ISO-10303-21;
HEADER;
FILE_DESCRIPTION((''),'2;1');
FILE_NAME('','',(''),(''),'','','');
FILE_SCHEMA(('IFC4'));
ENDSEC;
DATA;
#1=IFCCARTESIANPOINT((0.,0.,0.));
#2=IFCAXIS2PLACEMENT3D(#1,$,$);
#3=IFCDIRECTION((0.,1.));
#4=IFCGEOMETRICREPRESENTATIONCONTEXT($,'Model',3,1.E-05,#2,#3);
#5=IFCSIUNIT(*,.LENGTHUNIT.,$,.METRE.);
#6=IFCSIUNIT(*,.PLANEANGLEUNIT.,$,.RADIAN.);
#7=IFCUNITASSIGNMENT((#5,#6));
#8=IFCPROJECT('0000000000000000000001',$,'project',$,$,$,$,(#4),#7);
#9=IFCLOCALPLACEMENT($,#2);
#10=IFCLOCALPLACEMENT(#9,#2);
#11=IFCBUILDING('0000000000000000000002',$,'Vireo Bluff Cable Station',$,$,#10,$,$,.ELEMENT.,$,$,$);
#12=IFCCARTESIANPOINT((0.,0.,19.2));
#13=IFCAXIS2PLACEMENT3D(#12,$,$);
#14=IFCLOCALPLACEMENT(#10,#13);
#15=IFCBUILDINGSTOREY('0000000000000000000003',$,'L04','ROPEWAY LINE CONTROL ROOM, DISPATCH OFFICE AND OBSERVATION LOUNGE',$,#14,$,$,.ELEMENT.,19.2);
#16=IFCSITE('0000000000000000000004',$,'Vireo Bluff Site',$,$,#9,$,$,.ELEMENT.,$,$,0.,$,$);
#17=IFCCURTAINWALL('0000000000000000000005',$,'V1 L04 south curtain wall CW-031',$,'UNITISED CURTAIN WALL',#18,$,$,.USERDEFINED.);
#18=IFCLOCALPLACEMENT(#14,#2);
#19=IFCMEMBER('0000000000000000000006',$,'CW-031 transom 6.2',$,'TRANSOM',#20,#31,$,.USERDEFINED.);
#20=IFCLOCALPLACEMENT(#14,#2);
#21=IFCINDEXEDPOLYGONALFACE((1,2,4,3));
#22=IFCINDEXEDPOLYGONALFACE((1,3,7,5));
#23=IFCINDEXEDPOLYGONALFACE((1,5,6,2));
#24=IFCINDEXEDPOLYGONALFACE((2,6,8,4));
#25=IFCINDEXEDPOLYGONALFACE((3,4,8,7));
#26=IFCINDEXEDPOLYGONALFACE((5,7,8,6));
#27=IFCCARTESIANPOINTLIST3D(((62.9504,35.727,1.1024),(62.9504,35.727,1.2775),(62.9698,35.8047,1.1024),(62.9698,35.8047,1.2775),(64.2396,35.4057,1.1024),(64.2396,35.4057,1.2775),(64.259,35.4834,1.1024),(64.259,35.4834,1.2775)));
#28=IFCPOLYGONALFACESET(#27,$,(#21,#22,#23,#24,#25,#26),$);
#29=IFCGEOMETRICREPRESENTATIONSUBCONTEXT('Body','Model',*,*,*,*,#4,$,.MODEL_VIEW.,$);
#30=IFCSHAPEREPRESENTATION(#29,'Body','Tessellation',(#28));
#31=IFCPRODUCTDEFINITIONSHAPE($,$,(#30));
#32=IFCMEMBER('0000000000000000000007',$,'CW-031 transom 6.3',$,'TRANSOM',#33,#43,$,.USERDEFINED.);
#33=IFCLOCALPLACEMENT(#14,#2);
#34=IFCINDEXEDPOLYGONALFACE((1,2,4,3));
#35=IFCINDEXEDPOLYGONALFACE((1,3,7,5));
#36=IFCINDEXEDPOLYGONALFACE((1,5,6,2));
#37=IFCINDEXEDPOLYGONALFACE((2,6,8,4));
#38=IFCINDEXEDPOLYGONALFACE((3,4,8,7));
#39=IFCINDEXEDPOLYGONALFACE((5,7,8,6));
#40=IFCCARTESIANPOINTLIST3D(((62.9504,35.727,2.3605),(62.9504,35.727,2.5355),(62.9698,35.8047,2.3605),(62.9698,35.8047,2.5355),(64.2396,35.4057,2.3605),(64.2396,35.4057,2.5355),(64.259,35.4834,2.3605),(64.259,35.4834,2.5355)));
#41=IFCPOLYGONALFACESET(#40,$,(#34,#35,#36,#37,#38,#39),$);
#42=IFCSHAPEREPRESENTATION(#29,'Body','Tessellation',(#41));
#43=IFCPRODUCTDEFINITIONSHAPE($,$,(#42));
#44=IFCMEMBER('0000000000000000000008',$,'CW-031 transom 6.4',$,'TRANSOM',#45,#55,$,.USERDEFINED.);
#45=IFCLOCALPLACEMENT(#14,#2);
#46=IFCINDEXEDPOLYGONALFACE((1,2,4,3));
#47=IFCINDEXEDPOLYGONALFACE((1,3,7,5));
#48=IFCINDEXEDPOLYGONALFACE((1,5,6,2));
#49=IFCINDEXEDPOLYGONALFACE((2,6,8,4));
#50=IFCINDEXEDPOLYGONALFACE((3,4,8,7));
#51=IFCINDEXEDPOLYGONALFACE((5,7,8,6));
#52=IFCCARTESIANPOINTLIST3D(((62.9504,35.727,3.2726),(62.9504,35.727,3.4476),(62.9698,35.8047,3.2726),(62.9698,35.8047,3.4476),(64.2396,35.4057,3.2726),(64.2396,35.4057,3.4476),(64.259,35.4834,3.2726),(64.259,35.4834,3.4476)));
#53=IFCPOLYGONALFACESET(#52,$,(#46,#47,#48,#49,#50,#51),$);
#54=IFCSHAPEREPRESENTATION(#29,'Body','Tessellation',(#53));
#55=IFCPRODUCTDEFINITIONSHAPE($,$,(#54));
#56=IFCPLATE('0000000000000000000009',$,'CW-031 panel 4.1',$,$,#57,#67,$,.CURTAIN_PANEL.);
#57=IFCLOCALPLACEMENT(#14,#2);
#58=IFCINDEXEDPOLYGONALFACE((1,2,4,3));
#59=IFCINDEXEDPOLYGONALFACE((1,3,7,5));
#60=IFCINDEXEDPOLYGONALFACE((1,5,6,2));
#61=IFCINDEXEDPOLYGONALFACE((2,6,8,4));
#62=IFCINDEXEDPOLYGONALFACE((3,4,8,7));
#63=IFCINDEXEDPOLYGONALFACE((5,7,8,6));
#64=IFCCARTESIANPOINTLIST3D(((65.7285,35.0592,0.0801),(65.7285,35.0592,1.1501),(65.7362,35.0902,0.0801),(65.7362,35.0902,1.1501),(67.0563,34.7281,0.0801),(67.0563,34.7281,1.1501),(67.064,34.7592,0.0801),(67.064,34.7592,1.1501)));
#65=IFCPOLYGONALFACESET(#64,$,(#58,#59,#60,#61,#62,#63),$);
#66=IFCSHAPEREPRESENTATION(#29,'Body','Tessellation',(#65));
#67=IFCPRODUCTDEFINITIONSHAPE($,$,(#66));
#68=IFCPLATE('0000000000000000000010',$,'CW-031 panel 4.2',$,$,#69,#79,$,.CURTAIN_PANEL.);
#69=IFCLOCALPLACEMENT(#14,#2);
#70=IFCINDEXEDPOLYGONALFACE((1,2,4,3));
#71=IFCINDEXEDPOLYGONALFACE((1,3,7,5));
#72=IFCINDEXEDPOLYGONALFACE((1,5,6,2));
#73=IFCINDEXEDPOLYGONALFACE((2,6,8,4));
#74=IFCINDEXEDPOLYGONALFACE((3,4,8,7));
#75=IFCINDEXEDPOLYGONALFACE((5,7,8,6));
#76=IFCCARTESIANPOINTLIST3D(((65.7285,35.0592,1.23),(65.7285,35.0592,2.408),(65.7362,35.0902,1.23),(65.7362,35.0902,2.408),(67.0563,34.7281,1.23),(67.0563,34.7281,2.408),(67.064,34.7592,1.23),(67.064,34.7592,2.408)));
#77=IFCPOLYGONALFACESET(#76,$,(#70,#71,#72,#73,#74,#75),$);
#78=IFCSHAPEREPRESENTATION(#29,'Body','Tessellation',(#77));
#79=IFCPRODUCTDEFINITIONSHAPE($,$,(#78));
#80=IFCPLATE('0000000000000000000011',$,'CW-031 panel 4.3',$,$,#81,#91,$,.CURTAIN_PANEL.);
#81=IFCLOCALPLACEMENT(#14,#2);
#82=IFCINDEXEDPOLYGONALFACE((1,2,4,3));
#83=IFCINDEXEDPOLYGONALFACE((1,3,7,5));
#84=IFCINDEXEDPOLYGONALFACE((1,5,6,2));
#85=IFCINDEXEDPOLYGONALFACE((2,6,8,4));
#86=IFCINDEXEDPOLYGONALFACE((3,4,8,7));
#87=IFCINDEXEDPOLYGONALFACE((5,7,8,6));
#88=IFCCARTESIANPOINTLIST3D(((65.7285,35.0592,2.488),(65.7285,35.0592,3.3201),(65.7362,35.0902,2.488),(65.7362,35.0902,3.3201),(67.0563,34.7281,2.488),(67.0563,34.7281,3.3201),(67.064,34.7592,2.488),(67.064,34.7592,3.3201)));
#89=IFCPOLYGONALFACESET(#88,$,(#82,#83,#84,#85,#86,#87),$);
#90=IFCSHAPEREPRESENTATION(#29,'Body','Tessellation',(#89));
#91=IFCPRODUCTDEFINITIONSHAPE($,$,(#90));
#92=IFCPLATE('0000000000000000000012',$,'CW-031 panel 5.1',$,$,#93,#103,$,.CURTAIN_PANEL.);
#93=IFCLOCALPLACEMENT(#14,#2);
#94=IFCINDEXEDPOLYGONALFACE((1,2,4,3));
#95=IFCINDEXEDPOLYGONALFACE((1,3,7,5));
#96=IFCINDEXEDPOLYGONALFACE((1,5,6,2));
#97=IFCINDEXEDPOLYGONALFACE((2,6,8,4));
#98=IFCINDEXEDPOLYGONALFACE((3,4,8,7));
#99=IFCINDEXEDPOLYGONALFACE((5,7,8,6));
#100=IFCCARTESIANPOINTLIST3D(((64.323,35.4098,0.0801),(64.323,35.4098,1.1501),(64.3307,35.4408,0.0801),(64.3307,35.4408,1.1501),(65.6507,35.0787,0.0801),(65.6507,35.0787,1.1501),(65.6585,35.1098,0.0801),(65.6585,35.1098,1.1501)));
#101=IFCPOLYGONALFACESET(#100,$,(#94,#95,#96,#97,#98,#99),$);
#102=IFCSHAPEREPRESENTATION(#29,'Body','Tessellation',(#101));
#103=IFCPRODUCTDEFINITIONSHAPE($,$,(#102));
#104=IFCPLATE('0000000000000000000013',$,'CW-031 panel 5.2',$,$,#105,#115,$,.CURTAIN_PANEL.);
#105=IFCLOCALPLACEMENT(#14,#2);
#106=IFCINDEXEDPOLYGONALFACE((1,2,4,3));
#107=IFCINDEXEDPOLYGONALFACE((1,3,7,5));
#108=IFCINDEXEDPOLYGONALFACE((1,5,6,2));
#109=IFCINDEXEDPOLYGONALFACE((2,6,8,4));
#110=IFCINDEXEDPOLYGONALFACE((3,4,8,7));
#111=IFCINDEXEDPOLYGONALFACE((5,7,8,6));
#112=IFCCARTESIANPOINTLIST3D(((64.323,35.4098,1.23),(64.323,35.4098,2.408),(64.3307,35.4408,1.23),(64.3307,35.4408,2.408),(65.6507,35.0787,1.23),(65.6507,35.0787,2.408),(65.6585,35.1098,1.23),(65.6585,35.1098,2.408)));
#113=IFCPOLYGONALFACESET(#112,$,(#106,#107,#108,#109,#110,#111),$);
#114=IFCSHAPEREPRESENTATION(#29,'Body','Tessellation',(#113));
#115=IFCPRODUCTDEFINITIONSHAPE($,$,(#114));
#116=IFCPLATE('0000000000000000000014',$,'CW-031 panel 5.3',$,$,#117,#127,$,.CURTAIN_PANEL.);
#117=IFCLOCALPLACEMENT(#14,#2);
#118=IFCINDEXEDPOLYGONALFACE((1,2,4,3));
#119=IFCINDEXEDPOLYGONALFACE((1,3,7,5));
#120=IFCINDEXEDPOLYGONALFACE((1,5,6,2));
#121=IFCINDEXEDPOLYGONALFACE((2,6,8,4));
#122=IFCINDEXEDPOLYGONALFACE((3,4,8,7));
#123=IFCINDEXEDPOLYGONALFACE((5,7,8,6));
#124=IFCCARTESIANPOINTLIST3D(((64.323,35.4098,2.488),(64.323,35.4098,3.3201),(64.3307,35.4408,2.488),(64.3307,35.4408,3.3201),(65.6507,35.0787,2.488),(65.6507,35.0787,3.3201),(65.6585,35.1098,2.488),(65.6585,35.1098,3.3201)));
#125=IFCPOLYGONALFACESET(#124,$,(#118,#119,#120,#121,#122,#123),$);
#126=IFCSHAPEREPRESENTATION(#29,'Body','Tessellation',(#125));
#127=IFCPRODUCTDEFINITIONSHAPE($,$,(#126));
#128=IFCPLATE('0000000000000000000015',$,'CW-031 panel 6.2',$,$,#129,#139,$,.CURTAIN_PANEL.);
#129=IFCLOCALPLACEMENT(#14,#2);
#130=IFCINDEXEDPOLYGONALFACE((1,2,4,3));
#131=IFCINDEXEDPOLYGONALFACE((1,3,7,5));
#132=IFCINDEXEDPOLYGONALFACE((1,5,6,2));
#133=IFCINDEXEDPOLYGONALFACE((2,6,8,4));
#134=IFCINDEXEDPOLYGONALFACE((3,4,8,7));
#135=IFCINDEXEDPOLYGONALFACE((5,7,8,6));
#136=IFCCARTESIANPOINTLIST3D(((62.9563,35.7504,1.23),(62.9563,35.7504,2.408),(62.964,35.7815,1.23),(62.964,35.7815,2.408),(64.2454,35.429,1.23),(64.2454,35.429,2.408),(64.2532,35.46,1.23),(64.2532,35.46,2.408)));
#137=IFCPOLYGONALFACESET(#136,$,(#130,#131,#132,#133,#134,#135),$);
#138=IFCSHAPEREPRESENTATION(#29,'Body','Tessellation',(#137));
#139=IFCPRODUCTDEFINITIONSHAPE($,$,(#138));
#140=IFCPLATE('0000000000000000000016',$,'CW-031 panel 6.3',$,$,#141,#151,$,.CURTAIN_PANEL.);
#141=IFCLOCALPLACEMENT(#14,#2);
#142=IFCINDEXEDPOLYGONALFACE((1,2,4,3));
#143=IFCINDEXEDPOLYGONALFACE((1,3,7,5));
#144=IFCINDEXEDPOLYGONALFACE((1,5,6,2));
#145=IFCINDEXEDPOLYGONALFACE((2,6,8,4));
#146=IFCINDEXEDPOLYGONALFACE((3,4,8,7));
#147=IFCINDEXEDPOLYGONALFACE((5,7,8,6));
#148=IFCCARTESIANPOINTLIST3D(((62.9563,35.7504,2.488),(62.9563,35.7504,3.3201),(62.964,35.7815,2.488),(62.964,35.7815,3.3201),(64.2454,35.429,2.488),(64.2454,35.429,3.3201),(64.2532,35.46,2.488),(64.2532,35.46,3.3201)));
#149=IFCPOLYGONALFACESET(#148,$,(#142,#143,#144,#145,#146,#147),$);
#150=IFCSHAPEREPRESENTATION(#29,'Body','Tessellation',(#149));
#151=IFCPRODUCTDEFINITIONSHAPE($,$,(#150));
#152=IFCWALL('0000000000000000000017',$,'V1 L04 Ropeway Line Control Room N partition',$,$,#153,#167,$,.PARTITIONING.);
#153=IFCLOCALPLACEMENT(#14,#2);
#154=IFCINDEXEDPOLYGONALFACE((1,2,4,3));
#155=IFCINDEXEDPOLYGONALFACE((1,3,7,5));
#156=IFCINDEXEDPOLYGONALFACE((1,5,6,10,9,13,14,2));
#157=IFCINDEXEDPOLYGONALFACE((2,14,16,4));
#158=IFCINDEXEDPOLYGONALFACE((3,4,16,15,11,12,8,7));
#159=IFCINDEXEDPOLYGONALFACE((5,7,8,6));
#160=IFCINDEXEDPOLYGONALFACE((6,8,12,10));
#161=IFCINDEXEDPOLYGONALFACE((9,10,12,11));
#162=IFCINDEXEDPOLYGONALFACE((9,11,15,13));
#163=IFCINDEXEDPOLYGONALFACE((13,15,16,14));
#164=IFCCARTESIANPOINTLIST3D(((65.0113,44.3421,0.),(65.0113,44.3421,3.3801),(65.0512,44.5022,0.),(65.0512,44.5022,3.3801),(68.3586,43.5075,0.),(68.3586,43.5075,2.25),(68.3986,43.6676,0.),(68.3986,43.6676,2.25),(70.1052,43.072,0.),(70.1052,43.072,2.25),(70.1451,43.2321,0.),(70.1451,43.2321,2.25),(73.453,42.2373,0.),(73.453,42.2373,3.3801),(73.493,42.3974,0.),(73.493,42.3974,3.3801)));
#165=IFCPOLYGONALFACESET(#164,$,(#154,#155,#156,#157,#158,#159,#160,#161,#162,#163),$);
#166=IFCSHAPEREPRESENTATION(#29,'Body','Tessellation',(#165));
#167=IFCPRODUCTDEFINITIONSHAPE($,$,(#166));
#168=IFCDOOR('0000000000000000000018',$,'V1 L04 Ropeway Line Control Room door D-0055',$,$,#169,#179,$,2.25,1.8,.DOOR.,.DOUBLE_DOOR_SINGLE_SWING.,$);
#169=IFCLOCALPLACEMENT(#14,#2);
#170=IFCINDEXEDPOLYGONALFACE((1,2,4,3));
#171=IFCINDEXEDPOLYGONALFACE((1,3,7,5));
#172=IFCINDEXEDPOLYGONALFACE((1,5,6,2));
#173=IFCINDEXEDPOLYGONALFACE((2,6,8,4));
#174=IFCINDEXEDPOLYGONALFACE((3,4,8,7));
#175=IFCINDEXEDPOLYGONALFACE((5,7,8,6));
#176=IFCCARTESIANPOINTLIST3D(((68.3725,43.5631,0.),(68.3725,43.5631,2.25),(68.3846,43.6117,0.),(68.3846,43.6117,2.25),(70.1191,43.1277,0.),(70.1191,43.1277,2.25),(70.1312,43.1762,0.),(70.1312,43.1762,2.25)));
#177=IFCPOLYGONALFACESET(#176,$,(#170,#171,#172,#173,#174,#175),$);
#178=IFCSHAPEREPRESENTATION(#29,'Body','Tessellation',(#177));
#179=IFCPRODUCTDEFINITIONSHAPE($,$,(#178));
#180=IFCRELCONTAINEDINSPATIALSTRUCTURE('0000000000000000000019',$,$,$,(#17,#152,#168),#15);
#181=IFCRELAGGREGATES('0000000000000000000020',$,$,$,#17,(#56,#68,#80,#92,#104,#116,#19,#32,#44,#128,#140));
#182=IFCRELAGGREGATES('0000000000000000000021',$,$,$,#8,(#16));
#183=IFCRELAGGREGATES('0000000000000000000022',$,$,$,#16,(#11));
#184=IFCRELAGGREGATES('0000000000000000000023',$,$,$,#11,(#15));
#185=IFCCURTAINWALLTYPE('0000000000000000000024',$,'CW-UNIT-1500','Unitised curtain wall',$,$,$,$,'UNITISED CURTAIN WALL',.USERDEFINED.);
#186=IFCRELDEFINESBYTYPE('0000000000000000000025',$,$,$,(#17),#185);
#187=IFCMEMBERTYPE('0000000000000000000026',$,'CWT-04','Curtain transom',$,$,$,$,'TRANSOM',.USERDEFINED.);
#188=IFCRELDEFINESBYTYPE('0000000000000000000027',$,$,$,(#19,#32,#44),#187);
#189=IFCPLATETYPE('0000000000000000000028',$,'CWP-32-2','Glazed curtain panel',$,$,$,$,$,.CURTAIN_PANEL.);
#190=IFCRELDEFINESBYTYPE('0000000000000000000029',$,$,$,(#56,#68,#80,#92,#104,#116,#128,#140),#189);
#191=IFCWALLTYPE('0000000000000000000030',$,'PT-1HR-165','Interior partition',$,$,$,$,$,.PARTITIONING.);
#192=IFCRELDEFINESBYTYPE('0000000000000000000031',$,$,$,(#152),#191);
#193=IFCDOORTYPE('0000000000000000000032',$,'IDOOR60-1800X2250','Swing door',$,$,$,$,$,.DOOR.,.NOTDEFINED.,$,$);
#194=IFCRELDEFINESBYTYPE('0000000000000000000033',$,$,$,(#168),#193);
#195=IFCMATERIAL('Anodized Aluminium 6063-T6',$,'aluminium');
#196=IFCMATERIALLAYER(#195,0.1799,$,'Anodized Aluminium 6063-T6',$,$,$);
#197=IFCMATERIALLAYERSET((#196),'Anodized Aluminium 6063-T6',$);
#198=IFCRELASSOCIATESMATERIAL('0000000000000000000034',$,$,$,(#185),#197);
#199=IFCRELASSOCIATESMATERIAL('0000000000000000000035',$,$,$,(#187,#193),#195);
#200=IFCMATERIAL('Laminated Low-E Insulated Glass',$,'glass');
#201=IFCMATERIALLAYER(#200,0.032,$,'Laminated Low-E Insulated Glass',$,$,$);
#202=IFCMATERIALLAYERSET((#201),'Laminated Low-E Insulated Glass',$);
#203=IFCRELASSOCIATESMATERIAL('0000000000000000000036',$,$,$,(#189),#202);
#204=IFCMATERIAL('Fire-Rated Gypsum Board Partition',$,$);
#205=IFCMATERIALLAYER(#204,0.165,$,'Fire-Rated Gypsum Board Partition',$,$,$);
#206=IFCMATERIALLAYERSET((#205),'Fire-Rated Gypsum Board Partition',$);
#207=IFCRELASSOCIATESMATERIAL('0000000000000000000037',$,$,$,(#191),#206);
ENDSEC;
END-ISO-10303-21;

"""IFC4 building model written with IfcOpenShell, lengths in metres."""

from ifc_helpers import new_model, si_unit, direction, frame, frame_2d, origin, origin_with_axes, origin_2d, place, context, subcontext, project, spatial, rectangle, extrude, material, layer, layer_set, material_profile, profile_set, type_object, element, fill, aggregate, save


model = new_model("IFC4")

# Units and contexts
model_context = context("Model", 3, precision=1e-05, world=origin(), true_north=direction((0.0, 1.0)))
body_context = subcontext(model_context, "Body", "Model", "MODEL_VIEW")
ifc_project = project(units=[si_unit("LENGTHUNIT", "METRE"), si_unit("PLANEANGLEUNIT", "RADIAN")], contexts=[model_context])

# Site, building, storey
site_placement = place(None, origin())
site = spatial("IfcSite", under=ifc_project, at=site_placement, Name="Vireo Bluff Site", CompositionType="ELEMENT", RefElevation=0.0)
building_placement = place(site_placement, origin())
building = spatial("IfcBuilding", under=site, at=building_placement, Name="Vireo Bluff Cable Station", CompositionType="ELEMENT")
storey_placement = place(building_placement, frame((0.0, 0.0, 19.2)))
storey = spatial("IfcBuildingStorey", under=building, at=storey_placement, Name="L04", Description="ROPEWAY LINE CONTROL ROOM, DISPATCH OFFICE AND OBSERVATION LOUNGE", CompositionType="ELEMENT", Elevation=19.2)

# Curtain wall, members, plates
ifc_material_1 = material(Name="Anodized Aluminium 6063-T6", Category="aluminium")
ifc_layer_1 = layer(ifc_material_1, 0.1799, Name="Anodized Aluminium 6063-T6")
ifc_layer_set_1 = layer_set([ifc_layer_1], Name="Anodized Aluminium 6063-T6")
curtain_wall_type = type_object("IfcCurtainWallType", Name="CW-UNIT-1500", Description="Unitised curtain wall", ElementType="UNITISED CURTAIN WALL", PredefinedType="USERDEFINED", material=ifc_layer_set_1)
curtain_wall_placement = place(storey_placement, origin())
curtain_wall = element("IfcCurtainWall", 1, at=curtain_wall_placement, inside=storey, type_object=curtain_wall_type, Name="V1 L04 south curtain wall CW-031", ObjectType="UNITISED CURTAIN WALL", PredefinedType="USERDEFINED")
ifc_material_profile_1 = material_profile(ifc_material_1, rectangle(XDim=0.0801, YDim=0.175, at=origin_2d()), Name="ALU-T-80X175")
ifc_profile_set_1 = profile_set([ifc_material_profile_1], Name="Anodized Aluminium 6063-T6")
member_type_1 = type_object("IfcMemberType", Name="CWT-04", Description="Curtain transom", ElementType="TRANSOM", PredefinedType="USERDEFINED", material=ifc_profile_set_1)
member_1_placement = place(storey_placement, frame((64.2493, 35.4446, 1.1899), z_axis=(-0.970315, 0.241844, 0.0), x_axis=(-0.241844, -0.970315, 0.0)))
member_1 = element("IfcMember", 2, at=member_1_placement, type_object=member_type_1, Name="CW-031 transom 6.2", ObjectType="TRANSOM", PredefinedType="USERDEFINED", context=body_context, shape_type="SweptSolid", body=[
    extrude(rectangle(XDim=0.0801, YDim=0.175, at=origin_2d()), origin(), (0.0, 0.0, 1.0), 1.3286),
])
member_2_placement = place(storey_placement, frame((64.2493, 35.4446, 2.448), z_axis=(-0.970315, 0.241844, 0.0), x_axis=(-0.241844, -0.970315, 0.0)))
member_2 = element("IfcMember", 3, at=member_2_placement, type_object=member_type_1, Name="CW-031 transom 6.3", ObjectType="TRANSOM", PredefinedType="USERDEFINED", context=body_context, shape_type="SweptSolid", body=[
    extrude(rectangle(XDim=0.0801, YDim=0.175, at=origin_2d()), origin(), (0.0, 0.0, 1.0), 1.3286),
])
member_3_placement = place(storey_placement, frame((64.2493, 35.4446, 3.3601), z_axis=(-0.970315, 0.241844, 0.0), x_axis=(-0.241844, -0.970315, 0.0)))
member_3 = element("IfcMember", 4, at=member_3_placement, type_object=member_type_1, Name="CW-031 transom 6.4", ObjectType="TRANSOM", PredefinedType="USERDEFINED", context=body_context, shape_type="SweptSolid", body=[
    extrude(rectangle(XDim=0.0801, YDim=0.175, at=origin_2d()), origin(), (0.0, 0.0, 1.0), 1.3286),
])
ifc_material_2 = material(Name="Laminated Low-E Insulated Glass", Category="glass")
ifc_layer_2 = layer(ifc_material_2, 0.032, Name="Laminated Low-E Insulated Glass")
ifc_layer_set_2 = layer_set([ifc_layer_2], Name="Laminated Low-E Insulated Glass")
plate_type = type_object("IfcPlateType", Name="CWP-32-2", Description="Glazed curtain panel", PredefinedType="CURTAIN_PANEL", material=ifc_layer_set_2)
plate_1_placement = place(storey_placement, frame((66.3962, 34.9092, 0.0801), z_axis=(0.0, 0.0, 1.0), x_axis=(-0.970296, 0.241922, 0.0)))
plate_1 = element("IfcPlate", 5, at=plate_1_placement, type_object=plate_type, Name="CW-031 panel 4.1", PredefinedType="CURTAIN_PANEL", context=body_context, shape_type="SweptSolid", body=[
    extrude(rectangle(XDim=1.3684, YDim=0.032, at=origin_2d()), origin(), (0.0, 0.0, 1.0), 1.0701),
])
plate_2_placement = place(storey_placement, frame((66.3962, 34.9092, 1.23), z_axis=(0.0, 0.0, 1.0), x_axis=(-0.970296, 0.241922, 0.0)))
plate_2 = element("IfcPlate", 6, at=plate_2_placement, type_object=plate_type, Name="CW-031 panel 4.2", PredefinedType="CURTAIN_PANEL", context=body_context, shape_type="SweptSolid", body=[
    extrude(rectangle(XDim=1.3684, YDim=0.032, at=origin_2d()), origin(), (0.0, 0.0, 1.0), 1.178),
])
plate_3_placement = place(storey_placement, frame((66.3962, 34.9092, 2.488), z_axis=(0.0, 0.0, 1.0), x_axis=(-0.970296, 0.241922, 0.0)))
plate_3 = element("IfcPlate", 7, at=plate_3_placement, type_object=plate_type, Name="CW-031 panel 4.3", PredefinedType="CURTAIN_PANEL", context=body_context, shape_type="SweptSolid", body=[
    extrude(rectangle(XDim=1.3684, YDim=0.032, at=origin_2d()), origin(), (0.0, 0.0, 1.0), 0.832),
])
plate_4_placement = place(storey_placement, frame((64.9907, 35.2598, 0.0801), z_axis=(0.0, 0.0, 1.0), x_axis=(-0.970296, 0.241922, 0.0)))
plate_4 = element("IfcPlate", 8, at=plate_4_placement, type_object=plate_type, Name="CW-031 panel 5.1", PredefinedType="CURTAIN_PANEL", context=body_context, shape_type="SweptSolid", body=[
    extrude(rectangle(XDim=1.3684, YDim=0.032, at=origin_2d()), origin(), (0.0, 0.0, 1.0), 1.0701),
])
plate_5_placement = place(storey_placement, frame((64.9907, 35.2598, 1.23), z_axis=(0.0, 0.0, 1.0), x_axis=(-0.970296, 0.241922, 0.0)))
plate_5 = element("IfcPlate", 9, at=plate_5_placement, type_object=plate_type, Name="CW-031 panel 5.2", PredefinedType="CURTAIN_PANEL", context=body_context, shape_type="SweptSolid", body=[
    extrude(rectangle(XDim=1.3684, YDim=0.032, at=origin_2d()), origin(), (0.0, 0.0, 1.0), 1.178),
])
plate_6_placement = place(storey_placement, frame((64.9907, 35.2598, 2.488), z_axis=(0.0, 0.0, 1.0), x_axis=(-0.970296, 0.241922, 0.0)))
plate_6 = element("IfcPlate", 10, at=plate_6_placement, type_object=plate_type, Name="CW-031 panel 5.3", PredefinedType="CURTAIN_PANEL", context=body_context, shape_type="SweptSolid", body=[
    extrude(rectangle(XDim=1.3684, YDim=0.032, at=origin_2d()), origin(), (0.0, 0.0, 1.0), 0.832),
])
plate_7_placement = place(storey_placement, frame((63.6047, 35.6052, 1.23), z_axis=(0.0, 0.0, 1.0), x_axis=(-0.970296, 0.241922, 0.0)))
plate_7 = element("IfcPlate", 11, at=plate_7_placement, type_object=plate_type, Name="CW-031 panel 6.2", PredefinedType="CURTAIN_PANEL", context=body_context, shape_type="SweptSolid", body=[
    extrude(rectangle(XDim=1.3286, YDim=0.032, at=origin_2d()), origin(), (0.0, 0.0, 1.0), 1.178),
])
plate_8_placement = place(storey_placement, frame((63.6047, 35.6052, 2.488), z_axis=(0.0, 0.0, 1.0), x_axis=(-0.970296, 0.241922, 0.0)))
plate_8 = element("IfcPlate", 12, at=plate_8_placement, type_object=plate_type, Name="CW-031 panel 6.3", PredefinedType="CURTAIN_PANEL", context=body_context, shape_type="SweptSolid", body=[
    extrude(rectangle(XDim=1.3286, YDim=0.032, at=origin_2d()), origin(), (0.0, 0.0, 1.0), 0.832),
])
aggregate(curtain_wall, [plate_1, plate_2, plate_3, plate_4, plate_5, plate_6, member_1, member_2, member_3, plate_7, plate_8])

# Wall, opening, door
ifc_material_3 = material(Name="Fire-Rated Gypsum Board Partition")
ifc_layer_3 = layer(ifc_material_3, 0.165, Name="Fire-Rated Gypsum Board Partition")
ifc_layer_set_3 = layer_set([ifc_layer_3], Name="Fire-Rated Gypsum Board Partition")
wall_type_1 = type_object("IfcWallType", Name="PT-1HR-165", Description="Interior partition", PredefinedType="PARTITIONING", material=ifc_layer_set_3)
wall_1_placement = place(storey_placement, frame((65.0312, 44.4221, 0.0), z_axis=(0.0, 0.0, 1.0), x_axis=(0.970296, -0.241922, 0.0)))
wall_1 = element("IfcWall", 13, at=wall_1_placement, inside=storey, type_object=wall_type_1, Name="V1 L04 Ropeway Line Control Room N partition", PredefinedType="PARTITIONING", context=body_context, shape_type="SweptSolid", body=[
    extrude(rectangle(XDim=8.7002, YDim=0.165, at=frame_2d((4.3501, 0.0))), origin(), (0.0, 0.0, 1.0), 3.3801),
])
opening_1_placement = place(wall_1_placement, frame((3.45, 0.0, 0.0)))
opening_1 = element("IfcOpeningElement", 14, at=opening_1_placement, cuts=wall_1, PredefinedType="OPENING", context=body_context, shape_type="SweptSolid", body=[
    extrude(rectangle(XDim=1.8, YDim=2.25, at=frame_2d((0.8999, 1.125))), frame((0.0, 0.0925, 0.0), z_axis=(0.0, -1.0, 0.0), x_axis=(1.0, 0.0, 0.0)), (0.0, 0.0, 1.0), 0.1851),
])
door_type_1 = type_object("IfcDoorType", Name="IDOOR60-1800X2250", Description="Swing door", OperationType="NOTDEFINED", PredefinedType="DOOR", material=ifc_material_1)
door_1_placement = place(opening_1_placement, origin_with_axes())
door_1 = element("IfcDoor", 15, at=door_1_placement, inside=storey, type_object=door_type_1, Name="V1 L04 Ropeway Line Control Room door D-0055", OperationType="DOUBLE_DOOR_SINGLE_SWING", OverallHeight=2.25, OverallWidth=1.8, PredefinedType="DOOR", context=body_context, shape_type="SweptSolid", body=[
    extrude(rectangle(XDim=1.8, YDim=2.25, at=frame_2d((0.8999, 1.125))), frame((0.0, 0.0249, 0.0), z_axis=(0.0, -1.0, 0.0), x_axis=(1.0, 0.0, 0.0)), (0.0, 0.0, 1.0), 0.05),
])
fill(opening_1, door_1)

save(model, "model.ifc")
